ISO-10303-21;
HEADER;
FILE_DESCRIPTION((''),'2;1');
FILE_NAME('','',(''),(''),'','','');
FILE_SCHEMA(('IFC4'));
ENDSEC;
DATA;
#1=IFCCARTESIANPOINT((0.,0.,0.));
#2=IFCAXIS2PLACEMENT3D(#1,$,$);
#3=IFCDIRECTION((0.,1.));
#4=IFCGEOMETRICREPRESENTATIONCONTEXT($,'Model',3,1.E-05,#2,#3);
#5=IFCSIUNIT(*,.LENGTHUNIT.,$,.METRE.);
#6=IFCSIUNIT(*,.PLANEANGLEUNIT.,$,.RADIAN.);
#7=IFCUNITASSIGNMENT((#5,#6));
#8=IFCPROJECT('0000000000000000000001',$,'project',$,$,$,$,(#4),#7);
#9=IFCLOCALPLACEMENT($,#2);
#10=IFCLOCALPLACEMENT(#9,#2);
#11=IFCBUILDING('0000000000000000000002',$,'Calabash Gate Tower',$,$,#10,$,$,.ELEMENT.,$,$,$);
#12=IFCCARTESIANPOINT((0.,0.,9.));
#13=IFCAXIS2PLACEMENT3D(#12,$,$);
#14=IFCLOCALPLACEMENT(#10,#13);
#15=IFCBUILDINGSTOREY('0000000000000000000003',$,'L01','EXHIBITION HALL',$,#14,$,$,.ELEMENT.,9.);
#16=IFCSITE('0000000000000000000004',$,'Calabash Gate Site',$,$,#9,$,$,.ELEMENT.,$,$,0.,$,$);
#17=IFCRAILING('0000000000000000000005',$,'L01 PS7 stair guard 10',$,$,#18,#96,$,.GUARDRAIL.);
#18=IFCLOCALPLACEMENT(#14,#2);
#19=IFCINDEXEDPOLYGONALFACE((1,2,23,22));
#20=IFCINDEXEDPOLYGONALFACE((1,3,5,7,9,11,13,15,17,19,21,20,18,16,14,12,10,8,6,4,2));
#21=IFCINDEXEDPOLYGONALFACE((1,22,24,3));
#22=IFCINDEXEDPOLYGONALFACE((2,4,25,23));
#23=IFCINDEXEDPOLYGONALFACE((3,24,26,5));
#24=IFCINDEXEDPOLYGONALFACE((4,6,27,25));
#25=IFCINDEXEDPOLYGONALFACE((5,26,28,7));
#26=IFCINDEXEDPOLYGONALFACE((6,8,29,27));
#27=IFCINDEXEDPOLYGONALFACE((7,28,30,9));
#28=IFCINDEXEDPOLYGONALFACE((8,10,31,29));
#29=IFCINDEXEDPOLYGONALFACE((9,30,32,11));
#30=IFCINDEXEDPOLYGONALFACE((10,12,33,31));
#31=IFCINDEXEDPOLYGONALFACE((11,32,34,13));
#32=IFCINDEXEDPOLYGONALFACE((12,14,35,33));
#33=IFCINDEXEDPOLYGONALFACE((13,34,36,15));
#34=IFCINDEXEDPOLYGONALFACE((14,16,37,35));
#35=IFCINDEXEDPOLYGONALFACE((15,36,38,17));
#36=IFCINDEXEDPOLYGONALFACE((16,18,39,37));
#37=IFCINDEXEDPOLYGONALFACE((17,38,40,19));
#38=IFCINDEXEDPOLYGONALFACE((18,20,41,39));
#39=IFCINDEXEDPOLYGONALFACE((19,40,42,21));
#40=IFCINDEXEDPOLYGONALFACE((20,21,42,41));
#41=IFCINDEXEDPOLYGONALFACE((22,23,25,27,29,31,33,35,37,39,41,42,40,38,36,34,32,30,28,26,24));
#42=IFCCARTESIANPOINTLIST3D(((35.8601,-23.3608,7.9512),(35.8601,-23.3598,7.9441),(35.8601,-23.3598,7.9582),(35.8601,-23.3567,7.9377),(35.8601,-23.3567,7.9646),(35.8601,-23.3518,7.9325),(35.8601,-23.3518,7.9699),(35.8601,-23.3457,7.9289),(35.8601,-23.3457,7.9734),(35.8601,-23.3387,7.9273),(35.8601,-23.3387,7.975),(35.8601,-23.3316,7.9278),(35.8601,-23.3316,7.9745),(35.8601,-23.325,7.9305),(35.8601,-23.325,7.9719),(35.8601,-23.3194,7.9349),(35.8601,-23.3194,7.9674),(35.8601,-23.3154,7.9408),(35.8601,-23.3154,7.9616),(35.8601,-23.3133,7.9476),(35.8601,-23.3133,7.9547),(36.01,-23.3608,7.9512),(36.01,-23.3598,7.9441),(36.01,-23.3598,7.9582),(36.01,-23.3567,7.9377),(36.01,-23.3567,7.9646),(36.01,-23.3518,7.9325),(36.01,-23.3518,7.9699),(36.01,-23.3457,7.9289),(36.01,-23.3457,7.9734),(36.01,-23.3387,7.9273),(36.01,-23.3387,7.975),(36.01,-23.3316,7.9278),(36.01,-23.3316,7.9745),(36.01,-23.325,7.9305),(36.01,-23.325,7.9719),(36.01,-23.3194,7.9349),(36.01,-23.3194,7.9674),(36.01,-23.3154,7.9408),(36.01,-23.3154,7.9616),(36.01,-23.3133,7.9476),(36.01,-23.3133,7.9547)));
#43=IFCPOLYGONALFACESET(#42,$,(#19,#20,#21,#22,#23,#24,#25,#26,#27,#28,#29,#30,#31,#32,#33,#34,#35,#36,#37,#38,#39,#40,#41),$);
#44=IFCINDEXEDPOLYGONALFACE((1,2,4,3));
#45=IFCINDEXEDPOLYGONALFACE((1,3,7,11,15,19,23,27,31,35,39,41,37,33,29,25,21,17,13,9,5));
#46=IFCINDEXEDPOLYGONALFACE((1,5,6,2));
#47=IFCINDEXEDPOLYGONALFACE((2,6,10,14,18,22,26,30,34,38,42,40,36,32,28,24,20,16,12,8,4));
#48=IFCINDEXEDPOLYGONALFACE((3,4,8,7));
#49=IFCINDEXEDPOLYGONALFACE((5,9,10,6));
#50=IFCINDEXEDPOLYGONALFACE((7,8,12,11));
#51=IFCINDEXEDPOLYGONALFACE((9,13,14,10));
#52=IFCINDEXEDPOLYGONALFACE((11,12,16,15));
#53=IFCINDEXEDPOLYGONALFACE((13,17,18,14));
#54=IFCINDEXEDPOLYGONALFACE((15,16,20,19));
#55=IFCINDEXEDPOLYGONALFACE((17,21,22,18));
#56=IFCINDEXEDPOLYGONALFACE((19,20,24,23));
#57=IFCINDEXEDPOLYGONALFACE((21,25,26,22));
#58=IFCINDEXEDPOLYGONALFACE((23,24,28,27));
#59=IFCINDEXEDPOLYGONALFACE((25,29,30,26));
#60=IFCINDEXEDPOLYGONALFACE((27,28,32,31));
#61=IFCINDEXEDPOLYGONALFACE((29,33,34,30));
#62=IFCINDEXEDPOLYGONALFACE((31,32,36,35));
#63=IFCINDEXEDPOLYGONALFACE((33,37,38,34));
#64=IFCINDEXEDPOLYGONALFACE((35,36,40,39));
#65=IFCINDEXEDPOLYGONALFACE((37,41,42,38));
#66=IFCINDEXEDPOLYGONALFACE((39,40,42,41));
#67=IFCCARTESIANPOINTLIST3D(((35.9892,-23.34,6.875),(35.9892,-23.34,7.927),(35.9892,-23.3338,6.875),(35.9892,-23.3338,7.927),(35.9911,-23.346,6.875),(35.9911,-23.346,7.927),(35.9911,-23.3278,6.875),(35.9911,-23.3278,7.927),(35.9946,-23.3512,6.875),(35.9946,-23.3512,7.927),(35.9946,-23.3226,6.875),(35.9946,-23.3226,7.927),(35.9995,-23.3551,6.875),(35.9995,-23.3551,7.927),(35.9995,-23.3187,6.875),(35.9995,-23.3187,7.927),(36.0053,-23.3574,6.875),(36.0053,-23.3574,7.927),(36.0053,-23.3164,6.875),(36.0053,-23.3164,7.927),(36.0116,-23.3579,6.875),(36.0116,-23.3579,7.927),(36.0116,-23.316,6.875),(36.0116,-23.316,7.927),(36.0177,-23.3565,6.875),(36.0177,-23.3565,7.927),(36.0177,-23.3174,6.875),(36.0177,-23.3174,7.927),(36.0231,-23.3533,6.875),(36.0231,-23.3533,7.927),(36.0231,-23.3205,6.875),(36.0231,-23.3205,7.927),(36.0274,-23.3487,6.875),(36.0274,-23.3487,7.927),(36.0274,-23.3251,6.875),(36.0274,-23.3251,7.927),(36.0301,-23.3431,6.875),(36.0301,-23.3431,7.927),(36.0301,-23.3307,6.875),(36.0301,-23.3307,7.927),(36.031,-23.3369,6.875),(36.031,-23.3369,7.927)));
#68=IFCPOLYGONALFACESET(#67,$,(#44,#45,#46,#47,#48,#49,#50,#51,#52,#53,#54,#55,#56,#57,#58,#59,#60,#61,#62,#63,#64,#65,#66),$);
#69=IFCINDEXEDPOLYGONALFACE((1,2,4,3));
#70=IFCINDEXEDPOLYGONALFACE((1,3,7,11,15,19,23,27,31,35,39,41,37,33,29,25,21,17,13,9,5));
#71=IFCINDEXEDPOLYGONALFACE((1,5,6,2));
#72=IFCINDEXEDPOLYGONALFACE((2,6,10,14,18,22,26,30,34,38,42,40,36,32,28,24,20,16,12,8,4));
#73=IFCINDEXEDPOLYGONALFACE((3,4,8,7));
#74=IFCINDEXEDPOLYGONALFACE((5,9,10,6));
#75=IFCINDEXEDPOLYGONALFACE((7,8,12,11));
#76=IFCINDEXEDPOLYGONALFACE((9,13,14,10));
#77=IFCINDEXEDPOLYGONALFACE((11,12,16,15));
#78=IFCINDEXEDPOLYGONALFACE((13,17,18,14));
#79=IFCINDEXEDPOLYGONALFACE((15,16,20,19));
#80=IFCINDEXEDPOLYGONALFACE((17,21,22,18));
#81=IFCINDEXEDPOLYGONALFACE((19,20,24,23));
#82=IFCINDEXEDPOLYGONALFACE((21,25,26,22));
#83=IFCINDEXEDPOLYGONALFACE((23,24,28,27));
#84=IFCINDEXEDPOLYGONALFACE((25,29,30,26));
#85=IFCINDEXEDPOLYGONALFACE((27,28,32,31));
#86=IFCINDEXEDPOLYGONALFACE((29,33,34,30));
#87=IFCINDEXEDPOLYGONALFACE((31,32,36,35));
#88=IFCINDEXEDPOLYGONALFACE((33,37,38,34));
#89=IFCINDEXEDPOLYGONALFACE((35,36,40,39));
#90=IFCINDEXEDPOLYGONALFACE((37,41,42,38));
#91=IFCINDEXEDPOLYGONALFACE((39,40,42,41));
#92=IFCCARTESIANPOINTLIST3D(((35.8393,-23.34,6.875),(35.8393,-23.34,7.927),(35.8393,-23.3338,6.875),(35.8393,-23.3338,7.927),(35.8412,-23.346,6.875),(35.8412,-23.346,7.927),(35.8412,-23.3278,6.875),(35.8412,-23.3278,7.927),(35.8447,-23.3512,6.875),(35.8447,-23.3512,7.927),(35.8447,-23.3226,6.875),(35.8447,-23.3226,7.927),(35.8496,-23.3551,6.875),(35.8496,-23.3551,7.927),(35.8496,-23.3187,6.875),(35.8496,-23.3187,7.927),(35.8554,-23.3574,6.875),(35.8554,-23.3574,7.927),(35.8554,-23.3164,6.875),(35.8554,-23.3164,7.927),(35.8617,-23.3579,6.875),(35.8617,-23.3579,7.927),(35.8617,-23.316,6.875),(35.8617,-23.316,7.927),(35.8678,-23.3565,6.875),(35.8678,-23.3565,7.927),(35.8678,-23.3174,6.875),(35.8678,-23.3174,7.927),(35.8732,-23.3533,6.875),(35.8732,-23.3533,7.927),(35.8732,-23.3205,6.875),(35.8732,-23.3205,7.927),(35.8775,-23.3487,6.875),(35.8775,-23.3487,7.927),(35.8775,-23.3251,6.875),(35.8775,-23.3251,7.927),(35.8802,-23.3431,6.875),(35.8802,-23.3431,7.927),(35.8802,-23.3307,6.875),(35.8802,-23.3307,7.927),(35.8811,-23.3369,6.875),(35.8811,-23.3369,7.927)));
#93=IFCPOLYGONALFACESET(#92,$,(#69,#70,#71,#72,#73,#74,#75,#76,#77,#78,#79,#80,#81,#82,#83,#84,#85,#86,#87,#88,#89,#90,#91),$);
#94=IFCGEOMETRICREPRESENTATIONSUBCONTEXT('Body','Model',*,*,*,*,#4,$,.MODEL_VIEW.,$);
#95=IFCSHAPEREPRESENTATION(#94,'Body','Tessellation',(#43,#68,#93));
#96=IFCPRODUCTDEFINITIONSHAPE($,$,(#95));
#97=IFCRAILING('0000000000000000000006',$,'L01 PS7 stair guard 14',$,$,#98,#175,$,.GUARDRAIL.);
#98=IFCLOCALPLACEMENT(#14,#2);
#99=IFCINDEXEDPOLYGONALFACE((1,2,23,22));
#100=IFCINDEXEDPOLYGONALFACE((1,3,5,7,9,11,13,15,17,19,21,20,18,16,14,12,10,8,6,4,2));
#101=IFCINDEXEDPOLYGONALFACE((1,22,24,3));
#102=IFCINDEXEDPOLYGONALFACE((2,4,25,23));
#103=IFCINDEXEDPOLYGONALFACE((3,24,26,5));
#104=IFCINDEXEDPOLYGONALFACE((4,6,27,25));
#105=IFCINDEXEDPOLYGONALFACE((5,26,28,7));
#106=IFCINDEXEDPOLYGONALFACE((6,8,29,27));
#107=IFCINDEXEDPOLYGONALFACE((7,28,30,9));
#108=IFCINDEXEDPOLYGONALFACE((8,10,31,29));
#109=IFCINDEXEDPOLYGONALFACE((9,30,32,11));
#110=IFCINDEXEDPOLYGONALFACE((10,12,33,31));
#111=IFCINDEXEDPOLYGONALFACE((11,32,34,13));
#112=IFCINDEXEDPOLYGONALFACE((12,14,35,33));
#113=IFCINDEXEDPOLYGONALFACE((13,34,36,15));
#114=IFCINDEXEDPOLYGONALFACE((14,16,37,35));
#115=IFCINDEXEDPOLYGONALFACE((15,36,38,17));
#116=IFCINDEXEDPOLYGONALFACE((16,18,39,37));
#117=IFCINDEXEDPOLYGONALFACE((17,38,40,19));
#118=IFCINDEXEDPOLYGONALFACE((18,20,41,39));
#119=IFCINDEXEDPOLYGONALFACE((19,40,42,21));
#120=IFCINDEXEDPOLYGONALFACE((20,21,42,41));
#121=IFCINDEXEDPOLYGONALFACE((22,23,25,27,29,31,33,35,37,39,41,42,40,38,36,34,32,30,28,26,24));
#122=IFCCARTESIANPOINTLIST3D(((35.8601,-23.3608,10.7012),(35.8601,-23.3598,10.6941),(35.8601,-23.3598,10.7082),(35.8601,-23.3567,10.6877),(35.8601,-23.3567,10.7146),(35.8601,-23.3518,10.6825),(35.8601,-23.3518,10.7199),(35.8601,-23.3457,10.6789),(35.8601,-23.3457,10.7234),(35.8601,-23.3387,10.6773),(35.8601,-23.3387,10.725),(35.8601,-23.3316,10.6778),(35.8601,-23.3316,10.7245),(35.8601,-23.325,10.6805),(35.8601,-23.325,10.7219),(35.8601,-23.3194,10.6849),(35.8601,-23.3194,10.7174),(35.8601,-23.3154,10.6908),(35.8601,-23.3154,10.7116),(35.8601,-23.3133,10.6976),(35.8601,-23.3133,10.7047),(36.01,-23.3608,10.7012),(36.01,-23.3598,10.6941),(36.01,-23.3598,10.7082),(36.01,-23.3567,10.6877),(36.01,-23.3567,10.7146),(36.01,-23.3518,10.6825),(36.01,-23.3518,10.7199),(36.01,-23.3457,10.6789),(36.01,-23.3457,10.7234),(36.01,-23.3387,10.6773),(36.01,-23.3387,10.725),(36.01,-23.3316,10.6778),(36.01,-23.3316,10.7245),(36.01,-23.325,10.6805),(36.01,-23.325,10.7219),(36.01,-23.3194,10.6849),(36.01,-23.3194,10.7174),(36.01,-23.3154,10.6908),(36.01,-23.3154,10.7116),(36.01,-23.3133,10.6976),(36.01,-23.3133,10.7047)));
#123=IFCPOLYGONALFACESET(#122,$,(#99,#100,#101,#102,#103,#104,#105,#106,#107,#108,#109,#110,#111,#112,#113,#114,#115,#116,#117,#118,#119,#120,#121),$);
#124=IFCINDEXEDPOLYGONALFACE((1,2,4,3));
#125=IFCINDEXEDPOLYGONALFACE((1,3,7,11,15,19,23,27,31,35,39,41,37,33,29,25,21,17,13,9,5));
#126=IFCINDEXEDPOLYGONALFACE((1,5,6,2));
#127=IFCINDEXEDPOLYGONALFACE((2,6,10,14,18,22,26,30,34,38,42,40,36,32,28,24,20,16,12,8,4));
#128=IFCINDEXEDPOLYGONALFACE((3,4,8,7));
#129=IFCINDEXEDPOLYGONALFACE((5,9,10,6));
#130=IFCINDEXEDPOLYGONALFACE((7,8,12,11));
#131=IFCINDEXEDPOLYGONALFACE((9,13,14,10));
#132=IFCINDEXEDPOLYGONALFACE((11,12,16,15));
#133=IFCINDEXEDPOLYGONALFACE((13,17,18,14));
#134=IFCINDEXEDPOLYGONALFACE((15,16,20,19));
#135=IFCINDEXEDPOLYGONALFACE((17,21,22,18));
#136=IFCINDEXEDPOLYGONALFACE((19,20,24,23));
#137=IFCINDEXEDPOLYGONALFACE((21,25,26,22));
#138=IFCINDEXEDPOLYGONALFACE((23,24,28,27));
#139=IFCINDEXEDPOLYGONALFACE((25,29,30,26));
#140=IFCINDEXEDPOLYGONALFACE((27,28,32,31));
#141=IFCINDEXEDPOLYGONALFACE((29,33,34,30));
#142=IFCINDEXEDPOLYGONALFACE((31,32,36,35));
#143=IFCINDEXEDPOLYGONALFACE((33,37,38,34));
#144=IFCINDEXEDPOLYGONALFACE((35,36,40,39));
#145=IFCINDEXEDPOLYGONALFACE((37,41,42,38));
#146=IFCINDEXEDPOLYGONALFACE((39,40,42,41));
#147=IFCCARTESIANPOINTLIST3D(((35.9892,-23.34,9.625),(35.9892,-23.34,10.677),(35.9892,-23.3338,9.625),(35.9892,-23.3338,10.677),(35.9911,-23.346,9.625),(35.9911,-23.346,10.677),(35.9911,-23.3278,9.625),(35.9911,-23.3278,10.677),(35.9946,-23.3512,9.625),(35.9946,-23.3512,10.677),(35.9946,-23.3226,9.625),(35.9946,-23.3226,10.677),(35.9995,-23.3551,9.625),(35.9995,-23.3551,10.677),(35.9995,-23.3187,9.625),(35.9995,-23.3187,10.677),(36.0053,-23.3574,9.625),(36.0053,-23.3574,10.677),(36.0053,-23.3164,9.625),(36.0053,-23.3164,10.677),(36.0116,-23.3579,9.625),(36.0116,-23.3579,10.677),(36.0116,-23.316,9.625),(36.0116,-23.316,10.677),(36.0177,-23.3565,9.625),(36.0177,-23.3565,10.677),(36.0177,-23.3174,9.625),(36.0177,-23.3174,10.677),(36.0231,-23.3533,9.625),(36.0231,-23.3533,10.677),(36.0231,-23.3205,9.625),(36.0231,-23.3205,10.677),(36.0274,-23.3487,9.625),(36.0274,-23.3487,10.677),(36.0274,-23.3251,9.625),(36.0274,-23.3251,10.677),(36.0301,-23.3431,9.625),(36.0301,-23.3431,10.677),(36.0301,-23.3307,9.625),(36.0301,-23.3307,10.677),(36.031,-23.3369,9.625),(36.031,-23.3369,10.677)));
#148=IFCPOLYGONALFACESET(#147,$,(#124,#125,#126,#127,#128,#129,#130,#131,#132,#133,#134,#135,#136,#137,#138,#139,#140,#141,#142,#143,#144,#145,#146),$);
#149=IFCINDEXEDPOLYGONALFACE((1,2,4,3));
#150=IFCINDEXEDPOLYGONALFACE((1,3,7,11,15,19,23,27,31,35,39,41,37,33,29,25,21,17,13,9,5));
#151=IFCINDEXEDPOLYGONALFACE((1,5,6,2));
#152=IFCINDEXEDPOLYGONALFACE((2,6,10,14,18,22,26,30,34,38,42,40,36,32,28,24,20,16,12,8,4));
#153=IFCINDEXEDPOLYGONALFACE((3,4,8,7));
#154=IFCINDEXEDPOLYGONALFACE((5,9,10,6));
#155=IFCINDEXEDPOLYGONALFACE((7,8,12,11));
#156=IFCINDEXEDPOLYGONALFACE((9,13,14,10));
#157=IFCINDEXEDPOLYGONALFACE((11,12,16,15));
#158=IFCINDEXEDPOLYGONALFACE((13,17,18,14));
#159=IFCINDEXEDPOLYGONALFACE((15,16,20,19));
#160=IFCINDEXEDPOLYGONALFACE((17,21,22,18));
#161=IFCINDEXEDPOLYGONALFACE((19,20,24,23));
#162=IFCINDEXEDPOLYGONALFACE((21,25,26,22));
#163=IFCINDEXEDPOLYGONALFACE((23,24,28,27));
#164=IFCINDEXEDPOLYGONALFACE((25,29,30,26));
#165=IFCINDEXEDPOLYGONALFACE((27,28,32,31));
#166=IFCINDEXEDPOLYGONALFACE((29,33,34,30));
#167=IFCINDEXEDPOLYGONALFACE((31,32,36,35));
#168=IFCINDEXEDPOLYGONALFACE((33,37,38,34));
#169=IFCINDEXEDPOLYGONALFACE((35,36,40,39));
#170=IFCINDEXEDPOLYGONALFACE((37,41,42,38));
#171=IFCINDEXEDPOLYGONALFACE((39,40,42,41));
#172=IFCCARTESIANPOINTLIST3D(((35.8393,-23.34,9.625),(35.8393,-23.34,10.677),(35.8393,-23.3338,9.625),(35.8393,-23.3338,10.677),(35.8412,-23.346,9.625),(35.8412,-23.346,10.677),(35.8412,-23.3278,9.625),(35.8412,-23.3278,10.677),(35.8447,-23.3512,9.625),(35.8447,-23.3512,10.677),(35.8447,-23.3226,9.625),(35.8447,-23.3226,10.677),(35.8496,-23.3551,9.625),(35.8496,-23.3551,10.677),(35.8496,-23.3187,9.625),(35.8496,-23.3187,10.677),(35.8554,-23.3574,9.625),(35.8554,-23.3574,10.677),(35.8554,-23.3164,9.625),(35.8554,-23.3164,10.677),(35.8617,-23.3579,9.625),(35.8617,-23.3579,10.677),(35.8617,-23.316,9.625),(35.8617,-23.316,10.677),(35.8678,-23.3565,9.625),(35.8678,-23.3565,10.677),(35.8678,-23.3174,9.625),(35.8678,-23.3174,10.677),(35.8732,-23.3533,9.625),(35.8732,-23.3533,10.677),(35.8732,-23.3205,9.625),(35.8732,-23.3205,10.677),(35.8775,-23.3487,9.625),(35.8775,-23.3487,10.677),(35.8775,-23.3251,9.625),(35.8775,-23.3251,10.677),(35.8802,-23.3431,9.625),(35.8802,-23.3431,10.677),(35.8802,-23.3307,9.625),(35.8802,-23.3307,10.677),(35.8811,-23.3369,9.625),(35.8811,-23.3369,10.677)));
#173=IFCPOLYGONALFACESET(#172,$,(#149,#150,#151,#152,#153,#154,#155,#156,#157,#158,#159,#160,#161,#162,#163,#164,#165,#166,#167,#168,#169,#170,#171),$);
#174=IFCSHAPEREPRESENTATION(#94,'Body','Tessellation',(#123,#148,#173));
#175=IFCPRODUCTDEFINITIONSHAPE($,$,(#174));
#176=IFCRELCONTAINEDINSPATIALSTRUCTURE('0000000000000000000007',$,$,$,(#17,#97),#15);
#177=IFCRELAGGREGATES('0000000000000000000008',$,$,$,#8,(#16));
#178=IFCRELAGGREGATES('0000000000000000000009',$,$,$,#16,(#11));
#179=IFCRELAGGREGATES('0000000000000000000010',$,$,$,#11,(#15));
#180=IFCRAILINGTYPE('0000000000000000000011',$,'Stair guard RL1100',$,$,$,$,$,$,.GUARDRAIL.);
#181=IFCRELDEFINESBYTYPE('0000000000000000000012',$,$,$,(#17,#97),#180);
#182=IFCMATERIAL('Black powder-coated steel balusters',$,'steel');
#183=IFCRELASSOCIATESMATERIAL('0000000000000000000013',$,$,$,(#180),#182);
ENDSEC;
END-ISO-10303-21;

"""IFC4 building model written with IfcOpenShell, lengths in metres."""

from ifc_helpers import new_model, si_unit, direction, frame, origin, origin_2d, place, context, subcontext, project, spatial, circle, extrude, material, type_object, element, save


model = new_model("IFC4")

# Units and contexts
model_context = context("Model", 3, precision=1e-05, world=origin(), true_north=direction((0.0, 1.0)))
body_context = subcontext(model_context, "Body", "Model", "MODEL_VIEW")
ifc_project = project(units=[si_unit("LENGTHUNIT", "METRE"), si_unit("PLANEANGLEUNIT", "RADIAN")], contexts=[model_context])

# Site, building, storey
site_placement = place(None, origin())
site = spatial("IfcSite", under=ifc_project, at=site_placement, Name="Calabash Gate Site", CompositionType="ELEMENT", RefElevation=0.0)
building_placement = place(site_placement, origin())
building = spatial("IfcBuilding", under=site, at=building_placement, Name="Calabash Gate Tower", CompositionType="ELEMENT")
storey_placement = place(building_placement, frame((0.0, 0.0, 9.0)))
storey = spatial("IfcBuildingStorey", under=building, at=storey_placement, Name="L01", Description="EXHIBITION HALL", CompositionType="ELEMENT", Elevation=9.0)

# Railings
ifc_material_1 = material(Name="Black powder-coated steel balusters", Category="steel")
railing_type_1 = type_object("IfcRailingType", Name="Stair guard RL1100", PredefinedType="GUARDRAIL", material=ifc_material_1)
for number, where, name in (
    (1, (36.01, -23.3369, 6.875), "L01 PS7 stair guard 10"),
    (2, (36.01, -23.3369, 9.625), "L01 PS7 stair guard 14"),
):
    element("IfcRailing", number, at=place(storey_placement, frame(where)), inside=storey, type_object=railing_type_1, Name=name, PredefinedType="GUARDRAIL", context=body_context, shape_type="SweptSolid", body=[
        extrude(circle(Radius=0.0239, at=origin_2d()), frame((0.0, 0.0, 1.0762), z_axis=(-1.0, 0.0, 0.0), x_axis=(0.0, -1.0, 0.0)), (0.0, 0.0, 1.0), 0.1499),
        extrude(circle(Radius=0.021, at=origin_2d()), origin(), (0.0, 0.0, 1.0), 1.052),
        extrude(circle(Radius=0.021, at=origin_2d()), frame((-0.1499, 0.0, 0.0)), (0.0, 0.0, 1.0), 1.052),
    ])

save(model, "model.ifc")
